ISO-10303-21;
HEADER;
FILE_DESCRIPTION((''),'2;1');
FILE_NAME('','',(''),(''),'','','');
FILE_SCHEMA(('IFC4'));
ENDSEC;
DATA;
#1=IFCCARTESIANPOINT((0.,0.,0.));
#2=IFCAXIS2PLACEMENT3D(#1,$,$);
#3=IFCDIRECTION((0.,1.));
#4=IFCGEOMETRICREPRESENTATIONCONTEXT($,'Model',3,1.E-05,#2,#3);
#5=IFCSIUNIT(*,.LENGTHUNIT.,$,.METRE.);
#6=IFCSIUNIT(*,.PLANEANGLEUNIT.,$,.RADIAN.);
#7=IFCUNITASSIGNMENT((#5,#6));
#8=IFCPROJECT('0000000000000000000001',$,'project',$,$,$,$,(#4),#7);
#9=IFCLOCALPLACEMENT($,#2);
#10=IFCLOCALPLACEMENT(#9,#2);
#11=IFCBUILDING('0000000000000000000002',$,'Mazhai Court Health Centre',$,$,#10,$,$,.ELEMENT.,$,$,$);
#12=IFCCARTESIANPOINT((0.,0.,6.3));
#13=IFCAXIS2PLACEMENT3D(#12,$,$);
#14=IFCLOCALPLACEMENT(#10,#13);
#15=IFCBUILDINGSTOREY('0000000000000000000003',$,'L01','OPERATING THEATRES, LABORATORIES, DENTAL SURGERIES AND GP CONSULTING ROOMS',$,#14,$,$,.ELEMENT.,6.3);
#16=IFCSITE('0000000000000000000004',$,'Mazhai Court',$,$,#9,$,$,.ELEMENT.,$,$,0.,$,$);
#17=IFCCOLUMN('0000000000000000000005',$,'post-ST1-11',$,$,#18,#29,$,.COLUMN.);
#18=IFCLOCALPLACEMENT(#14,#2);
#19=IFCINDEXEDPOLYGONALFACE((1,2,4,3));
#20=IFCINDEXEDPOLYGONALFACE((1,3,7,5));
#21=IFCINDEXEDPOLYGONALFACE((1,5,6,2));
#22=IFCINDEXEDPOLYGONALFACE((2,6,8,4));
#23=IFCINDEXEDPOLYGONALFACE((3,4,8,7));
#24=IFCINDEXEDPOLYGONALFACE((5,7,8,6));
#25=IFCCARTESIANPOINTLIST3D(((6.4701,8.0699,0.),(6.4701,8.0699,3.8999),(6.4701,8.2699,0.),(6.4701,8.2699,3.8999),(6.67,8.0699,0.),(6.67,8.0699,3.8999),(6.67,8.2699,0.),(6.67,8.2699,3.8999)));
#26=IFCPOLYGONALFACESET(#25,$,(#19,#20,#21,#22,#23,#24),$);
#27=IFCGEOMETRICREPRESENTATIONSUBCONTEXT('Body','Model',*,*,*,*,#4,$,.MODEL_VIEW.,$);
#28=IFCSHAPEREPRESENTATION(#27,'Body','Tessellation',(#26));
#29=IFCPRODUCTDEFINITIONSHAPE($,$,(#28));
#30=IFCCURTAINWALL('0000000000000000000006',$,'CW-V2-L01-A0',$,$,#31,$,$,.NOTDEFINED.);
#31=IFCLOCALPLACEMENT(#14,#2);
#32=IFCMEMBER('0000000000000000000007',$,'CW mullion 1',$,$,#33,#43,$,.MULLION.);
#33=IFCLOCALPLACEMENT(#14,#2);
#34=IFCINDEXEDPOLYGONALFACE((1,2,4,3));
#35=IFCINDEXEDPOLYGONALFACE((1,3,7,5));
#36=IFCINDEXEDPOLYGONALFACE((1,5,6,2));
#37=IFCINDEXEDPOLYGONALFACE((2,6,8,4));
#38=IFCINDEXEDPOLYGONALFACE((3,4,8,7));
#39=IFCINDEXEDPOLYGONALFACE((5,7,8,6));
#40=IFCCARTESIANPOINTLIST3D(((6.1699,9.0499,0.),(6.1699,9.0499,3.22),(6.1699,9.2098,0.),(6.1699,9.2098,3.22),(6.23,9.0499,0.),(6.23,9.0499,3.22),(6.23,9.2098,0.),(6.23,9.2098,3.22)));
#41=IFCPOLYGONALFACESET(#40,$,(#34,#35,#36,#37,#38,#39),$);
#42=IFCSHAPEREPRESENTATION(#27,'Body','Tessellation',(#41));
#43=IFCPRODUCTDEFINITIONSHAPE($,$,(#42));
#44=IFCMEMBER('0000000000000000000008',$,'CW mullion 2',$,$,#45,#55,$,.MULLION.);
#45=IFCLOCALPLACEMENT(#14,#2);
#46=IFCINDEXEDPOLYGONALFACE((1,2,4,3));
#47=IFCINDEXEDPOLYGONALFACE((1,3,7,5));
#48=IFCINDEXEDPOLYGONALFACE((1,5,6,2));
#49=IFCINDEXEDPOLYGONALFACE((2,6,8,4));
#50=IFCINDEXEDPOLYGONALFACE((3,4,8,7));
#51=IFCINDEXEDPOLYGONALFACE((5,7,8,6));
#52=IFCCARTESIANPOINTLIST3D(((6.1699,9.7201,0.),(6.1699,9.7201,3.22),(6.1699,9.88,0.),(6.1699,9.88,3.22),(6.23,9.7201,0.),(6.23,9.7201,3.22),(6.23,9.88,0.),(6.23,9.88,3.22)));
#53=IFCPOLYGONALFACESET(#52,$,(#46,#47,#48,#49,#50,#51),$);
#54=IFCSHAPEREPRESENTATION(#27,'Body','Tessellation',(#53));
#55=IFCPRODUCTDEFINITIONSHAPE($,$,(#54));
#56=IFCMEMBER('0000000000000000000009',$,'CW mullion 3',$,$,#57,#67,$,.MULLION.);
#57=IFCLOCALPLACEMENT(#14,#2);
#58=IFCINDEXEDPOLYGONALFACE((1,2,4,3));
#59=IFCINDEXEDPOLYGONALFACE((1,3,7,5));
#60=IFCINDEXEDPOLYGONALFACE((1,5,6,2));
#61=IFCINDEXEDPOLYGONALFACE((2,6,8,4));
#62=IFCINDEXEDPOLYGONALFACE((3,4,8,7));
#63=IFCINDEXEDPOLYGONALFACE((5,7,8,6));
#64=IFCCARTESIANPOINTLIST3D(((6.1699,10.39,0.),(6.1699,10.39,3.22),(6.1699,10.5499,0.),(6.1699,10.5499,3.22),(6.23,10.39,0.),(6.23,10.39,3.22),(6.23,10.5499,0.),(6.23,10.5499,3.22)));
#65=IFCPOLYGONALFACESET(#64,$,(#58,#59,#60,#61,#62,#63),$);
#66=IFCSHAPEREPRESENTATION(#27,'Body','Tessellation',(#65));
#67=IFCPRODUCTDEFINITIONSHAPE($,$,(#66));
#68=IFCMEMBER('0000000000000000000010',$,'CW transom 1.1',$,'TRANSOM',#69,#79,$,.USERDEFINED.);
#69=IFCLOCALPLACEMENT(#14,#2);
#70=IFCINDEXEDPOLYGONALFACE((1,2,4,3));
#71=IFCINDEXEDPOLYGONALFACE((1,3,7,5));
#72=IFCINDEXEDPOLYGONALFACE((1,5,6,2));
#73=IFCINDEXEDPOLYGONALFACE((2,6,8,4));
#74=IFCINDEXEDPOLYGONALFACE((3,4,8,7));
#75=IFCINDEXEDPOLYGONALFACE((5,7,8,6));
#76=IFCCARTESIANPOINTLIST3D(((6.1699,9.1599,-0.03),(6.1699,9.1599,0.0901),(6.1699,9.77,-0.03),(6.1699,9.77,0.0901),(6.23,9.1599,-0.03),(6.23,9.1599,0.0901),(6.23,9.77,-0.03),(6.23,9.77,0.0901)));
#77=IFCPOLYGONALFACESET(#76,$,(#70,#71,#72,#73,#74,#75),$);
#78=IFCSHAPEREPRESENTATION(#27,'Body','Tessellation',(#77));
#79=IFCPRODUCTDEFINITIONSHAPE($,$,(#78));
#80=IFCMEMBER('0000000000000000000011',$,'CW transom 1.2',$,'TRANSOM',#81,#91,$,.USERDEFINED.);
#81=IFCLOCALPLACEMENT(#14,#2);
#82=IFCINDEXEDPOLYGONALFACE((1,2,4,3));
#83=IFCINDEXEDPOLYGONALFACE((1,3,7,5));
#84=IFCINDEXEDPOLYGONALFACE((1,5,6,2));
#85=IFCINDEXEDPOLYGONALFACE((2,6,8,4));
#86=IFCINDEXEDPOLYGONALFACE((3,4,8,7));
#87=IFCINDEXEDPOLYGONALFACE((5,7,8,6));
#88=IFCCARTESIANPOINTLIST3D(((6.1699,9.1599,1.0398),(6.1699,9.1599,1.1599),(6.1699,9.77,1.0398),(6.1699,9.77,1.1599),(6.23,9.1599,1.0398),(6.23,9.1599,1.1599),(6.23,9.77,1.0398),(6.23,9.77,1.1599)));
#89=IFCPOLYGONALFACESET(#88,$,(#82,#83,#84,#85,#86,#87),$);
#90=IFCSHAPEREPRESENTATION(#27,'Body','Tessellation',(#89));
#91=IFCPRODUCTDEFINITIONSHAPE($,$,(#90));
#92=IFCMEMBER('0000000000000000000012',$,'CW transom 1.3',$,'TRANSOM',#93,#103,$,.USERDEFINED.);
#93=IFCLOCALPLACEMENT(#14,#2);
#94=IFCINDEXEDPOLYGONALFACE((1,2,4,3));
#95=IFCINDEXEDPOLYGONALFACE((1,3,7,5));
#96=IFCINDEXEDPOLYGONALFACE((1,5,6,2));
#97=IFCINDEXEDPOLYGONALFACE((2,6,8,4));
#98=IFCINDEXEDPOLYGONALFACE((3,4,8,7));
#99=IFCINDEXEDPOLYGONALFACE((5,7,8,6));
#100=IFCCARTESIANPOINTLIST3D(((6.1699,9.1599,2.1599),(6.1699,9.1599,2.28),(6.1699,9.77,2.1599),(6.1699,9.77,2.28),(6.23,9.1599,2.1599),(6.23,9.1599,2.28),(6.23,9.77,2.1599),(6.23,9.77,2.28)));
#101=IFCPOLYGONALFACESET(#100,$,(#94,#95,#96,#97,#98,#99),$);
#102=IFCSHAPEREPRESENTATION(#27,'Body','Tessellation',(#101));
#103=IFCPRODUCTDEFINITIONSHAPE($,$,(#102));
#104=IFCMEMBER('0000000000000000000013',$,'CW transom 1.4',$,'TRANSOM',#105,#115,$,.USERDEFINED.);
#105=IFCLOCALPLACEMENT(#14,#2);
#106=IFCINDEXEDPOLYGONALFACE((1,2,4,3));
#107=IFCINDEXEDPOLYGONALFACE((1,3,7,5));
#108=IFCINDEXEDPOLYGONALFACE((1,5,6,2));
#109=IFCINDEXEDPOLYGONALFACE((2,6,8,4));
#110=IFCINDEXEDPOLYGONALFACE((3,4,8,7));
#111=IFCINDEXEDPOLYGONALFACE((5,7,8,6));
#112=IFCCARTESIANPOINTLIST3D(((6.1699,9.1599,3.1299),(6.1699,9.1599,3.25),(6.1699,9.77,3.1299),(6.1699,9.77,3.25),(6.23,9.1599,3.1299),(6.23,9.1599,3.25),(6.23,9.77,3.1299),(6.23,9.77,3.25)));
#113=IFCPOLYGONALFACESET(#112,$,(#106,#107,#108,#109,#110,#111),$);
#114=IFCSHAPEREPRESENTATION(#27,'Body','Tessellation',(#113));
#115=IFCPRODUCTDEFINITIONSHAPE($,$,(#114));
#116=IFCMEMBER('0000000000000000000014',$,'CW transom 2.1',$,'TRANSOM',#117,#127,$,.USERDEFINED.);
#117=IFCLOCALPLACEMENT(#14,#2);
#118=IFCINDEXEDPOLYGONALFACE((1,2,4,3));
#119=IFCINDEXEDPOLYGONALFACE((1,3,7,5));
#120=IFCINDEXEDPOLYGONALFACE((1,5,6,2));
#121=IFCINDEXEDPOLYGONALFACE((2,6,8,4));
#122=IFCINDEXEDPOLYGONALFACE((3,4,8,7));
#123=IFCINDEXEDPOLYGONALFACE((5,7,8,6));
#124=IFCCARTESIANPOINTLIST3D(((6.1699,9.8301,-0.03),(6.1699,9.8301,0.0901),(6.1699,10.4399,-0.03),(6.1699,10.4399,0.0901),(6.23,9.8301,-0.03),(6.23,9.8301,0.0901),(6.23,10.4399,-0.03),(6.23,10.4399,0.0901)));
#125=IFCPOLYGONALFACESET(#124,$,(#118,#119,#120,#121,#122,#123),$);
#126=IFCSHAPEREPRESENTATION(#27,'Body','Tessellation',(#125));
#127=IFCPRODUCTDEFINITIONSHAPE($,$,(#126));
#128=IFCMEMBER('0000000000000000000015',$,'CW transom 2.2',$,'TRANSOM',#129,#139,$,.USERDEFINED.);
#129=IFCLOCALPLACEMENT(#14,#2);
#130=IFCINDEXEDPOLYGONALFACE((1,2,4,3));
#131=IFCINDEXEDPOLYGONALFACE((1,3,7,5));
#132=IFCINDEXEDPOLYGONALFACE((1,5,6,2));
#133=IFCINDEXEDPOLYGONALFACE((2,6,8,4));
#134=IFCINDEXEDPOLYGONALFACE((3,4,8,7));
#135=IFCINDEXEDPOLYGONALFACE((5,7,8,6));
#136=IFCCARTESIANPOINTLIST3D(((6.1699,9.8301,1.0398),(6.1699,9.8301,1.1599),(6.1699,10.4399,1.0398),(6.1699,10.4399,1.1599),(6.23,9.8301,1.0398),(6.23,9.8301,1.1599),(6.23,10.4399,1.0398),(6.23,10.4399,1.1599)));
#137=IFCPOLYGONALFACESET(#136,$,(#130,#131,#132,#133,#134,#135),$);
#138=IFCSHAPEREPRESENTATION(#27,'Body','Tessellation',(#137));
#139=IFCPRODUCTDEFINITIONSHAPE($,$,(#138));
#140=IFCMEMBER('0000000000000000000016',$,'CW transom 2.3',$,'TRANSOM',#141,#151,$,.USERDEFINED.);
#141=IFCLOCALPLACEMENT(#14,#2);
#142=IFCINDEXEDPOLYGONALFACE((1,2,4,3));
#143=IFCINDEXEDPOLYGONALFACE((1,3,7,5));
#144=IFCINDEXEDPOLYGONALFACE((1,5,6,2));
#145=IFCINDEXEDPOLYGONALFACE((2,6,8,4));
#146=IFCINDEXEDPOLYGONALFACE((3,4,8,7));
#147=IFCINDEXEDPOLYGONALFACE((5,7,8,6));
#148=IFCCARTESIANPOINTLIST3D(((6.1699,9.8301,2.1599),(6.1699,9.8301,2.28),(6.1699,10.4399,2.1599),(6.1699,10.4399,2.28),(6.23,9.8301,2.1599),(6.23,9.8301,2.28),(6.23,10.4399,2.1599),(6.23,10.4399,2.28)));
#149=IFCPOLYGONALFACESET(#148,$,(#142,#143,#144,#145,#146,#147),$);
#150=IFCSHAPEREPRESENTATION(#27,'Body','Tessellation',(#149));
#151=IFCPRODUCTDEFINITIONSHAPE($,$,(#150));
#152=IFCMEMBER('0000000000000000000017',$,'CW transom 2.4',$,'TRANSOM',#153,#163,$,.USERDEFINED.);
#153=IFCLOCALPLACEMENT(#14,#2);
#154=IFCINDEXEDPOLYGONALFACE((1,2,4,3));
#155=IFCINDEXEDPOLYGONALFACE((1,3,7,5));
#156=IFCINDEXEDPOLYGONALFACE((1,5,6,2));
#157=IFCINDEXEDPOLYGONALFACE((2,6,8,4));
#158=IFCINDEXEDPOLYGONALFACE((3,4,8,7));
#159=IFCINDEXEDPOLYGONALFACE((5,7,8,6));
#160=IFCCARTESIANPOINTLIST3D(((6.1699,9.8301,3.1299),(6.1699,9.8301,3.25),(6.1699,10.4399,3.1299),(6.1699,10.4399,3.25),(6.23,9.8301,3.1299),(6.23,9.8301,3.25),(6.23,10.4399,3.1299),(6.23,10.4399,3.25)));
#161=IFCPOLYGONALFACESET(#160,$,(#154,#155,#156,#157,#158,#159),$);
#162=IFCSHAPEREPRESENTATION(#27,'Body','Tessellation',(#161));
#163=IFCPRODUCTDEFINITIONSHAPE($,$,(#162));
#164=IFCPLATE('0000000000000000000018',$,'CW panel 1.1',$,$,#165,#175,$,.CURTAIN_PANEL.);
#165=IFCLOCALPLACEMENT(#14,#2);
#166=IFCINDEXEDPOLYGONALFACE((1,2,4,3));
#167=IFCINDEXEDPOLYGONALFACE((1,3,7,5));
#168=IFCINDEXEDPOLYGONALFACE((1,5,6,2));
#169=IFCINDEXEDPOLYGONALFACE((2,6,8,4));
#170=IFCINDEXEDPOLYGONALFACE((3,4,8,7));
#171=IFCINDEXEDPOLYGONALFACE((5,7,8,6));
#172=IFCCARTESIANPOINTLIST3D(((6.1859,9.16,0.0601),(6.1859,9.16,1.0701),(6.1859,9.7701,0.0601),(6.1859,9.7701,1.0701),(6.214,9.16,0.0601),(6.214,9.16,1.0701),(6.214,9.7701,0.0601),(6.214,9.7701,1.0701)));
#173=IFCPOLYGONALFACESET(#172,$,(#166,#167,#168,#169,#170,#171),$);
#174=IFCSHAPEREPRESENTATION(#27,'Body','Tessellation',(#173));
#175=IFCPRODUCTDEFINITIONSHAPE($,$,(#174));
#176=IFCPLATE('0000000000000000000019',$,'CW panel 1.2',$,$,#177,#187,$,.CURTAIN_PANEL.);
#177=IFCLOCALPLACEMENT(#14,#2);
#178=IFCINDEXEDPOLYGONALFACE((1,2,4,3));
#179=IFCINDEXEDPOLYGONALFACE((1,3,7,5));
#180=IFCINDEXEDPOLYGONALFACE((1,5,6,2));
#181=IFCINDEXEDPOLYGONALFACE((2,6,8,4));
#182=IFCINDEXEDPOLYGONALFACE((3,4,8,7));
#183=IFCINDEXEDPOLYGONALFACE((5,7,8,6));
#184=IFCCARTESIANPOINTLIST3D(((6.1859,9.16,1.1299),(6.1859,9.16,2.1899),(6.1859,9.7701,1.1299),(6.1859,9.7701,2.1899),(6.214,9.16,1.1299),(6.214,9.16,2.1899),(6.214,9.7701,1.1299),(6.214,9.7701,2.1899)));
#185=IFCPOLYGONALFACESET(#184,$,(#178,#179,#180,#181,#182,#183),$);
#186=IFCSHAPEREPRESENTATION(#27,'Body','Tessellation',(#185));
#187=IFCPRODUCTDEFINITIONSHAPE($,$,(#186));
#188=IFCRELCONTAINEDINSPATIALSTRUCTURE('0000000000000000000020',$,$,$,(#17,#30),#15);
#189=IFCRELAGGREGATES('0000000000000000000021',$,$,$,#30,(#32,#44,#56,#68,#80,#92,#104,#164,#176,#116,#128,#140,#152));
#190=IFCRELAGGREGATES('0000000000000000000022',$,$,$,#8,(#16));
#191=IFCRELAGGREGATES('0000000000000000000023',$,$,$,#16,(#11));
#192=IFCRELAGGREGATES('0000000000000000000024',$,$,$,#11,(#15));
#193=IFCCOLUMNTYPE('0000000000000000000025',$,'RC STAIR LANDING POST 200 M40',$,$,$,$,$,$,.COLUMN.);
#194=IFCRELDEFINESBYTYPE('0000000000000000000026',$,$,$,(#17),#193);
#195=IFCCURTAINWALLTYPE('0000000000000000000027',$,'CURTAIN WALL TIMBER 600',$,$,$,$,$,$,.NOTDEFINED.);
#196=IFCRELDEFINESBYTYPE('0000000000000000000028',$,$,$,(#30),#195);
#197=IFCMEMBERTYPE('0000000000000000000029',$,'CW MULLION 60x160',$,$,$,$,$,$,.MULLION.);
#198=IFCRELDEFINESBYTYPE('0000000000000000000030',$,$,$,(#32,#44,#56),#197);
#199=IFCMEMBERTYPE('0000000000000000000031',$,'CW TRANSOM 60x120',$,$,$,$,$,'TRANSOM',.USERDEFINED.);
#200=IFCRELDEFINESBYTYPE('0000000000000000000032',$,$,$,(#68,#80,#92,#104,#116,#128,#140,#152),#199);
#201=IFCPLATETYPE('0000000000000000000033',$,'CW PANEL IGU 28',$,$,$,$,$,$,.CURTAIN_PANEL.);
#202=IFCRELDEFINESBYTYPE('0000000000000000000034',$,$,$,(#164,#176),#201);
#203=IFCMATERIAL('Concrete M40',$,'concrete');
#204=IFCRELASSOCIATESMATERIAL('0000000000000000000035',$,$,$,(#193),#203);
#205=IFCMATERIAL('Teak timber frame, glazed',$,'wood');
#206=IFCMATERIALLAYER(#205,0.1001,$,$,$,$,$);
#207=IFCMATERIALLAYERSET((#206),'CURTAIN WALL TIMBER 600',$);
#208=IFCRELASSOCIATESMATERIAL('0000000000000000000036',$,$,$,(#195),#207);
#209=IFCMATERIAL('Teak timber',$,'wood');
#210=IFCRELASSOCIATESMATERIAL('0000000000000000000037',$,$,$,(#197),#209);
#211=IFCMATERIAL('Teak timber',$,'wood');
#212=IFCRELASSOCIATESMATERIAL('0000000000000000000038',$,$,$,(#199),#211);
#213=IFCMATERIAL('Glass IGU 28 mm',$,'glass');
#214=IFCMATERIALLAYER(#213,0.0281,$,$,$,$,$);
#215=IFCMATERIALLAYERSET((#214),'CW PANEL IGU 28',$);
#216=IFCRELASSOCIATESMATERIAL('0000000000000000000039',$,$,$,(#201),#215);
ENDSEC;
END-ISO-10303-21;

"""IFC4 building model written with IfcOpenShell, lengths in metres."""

from ifc_helpers import new_model, si_unit, direction, frame, origin, origin_2d, place, context, subcontext, project, spatial, rectangle, extrude, material, layer, layer_set, material_profile, profile_set, type_object, element, aggregate, save


model = new_model("IFC4")

# Units and contexts
model_context = context("Model", 3, precision=1e-05, world=origin(), true_north=direction((0.0, 1.0)))
body_context = subcontext(model_context, "Body", "Model", "MODEL_VIEW")
ifc_project = project(units=[si_unit("LENGTHUNIT", "METRE"), si_unit("PLANEANGLEUNIT", "RADIAN")], contexts=[model_context])

# Site, building, storey
site_placement = place(None, origin())
site = spatial("IfcSite", under=ifc_project, at=site_placement, Name="Mazhai Court", CompositionType="ELEMENT", RefElevation=0.0)
building_placement = place(site_placement, origin())
building = spatial("IfcBuilding", under=site, at=building_placement, Name="Mazhai Court Health Centre", CompositionType="ELEMENT")
storey_placement = place(building_placement, frame((0.0, 0.0, 6.3)))
storey = spatial("IfcBuildingStorey", under=building, at=storey_placement, Name="L01", Description="OPERATING THEATRES, LABORATORIES, DENTAL SURGERIES AND GP CONSULTING ROOMS", CompositionType="ELEMENT", Elevation=6.3)

# Column
ifc_material_1 = material(Name="Concrete M40", Category="concrete")
ifc_material_profile_1 = material_profile(ifc_material_1, rectangle(XDim=0.2, YDim=0.2, at=origin_2d()), Name="RC 200x200")
ifc_profile_set_1 = profile_set([ifc_material_profile_1], Name="Concrete M40")
column_type = type_object("IfcColumnType", Name="RC STAIR LANDING POST 200 M40", PredefinedType="COLUMN", material=ifc_profile_set_1)
column_placement = place(storey_placement, frame((6.5701, 8.1699, 0.0), z_axis=(0.0, 0.0, 1.0), x_axis=(1.0, 0.0, 0.0)))
element("IfcColumn", 1, at=column_placement, inside=storey, type_object=column_type, Name="post-ST1-11", PredefinedType="COLUMN", context=body_context, shape_type="SweptSolid", body=[
    extrude(rectangle(XDim=0.2, YDim=0.2, at=origin_2d()), origin(), (0.0, 0.0, 1.0), 3.8999),
])

# Curtain wall, members, plates
ifc_material_2 = material(Name="Teak timber frame, glazed", Category="wood")
ifc_layer_1 = layer(ifc_material_2, 0.1001)
ifc_layer_set_1 = layer_set([ifc_layer_1], Name="CURTAIN WALL TIMBER 600")
curtain_wall_type = type_object("IfcCurtainWallType", Name="CURTAIN WALL TIMBER 600", PredefinedType="NOTDEFINED", material=ifc_layer_set_1)
curtain_wall_placement = place(storey_placement, origin())
curtain_wall = element("IfcCurtainWall", 2, at=curtain_wall_placement, inside=storey, type_object=curtain_wall_type, Name="CW-V2-L01-A0", PredefinedType="NOTDEFINED")
ifc_material_3 = material(Name="Teak timber", Category="wood")
ifc_material_profile_2 = material_profile(ifc_material_3, rectangle(XDim=0.0601, YDim=0.1599, at=origin_2d()), Name="CW MULLION 60x160")
ifc_profile_set_2 = profile_set([ifc_material_profile_2], Name="Teak timber")
member_type_1 = type_object("IfcMemberType", Name="CW MULLION 60x160", PredefinedType="MULLION", material=ifc_profile_set_2)
member_1_placement = place(storey_placement, frame((6.2, 9.1299, 0.0), z_axis=(0.0, 0.0, 1.0), x_axis=(-1.0, 0.0, 0.0)))
member_1 = element("IfcMember", 3, at=member_1_placement, type_object=member_type_1, Name="CW mullion 1", PredefinedType="MULLION", context=body_context, shape_type="SweptSolid", body=[
    extrude(rectangle(XDim=0.0601, YDim=0.1599, at=origin_2d()), origin(), (0.0, 0.0, 1.0), 3.22),
])
member_2_placement = place(storey_placement, frame((6.2, 9.8, 0.0), z_axis=(0.0, 0.0, 1.0), x_axis=(-1.0, 0.0, 0.0)))
member_2 = element("IfcMember", 4, at=member_2_placement, type_object=member_type_1, Name="CW mullion 2", PredefinedType="MULLION", context=body_context, shape_type="SweptSolid", body=[
    extrude(rectangle(XDim=0.0601, YDim=0.1599, at=origin_2d()), origin(), (0.0, 0.0, 1.0), 3.22),
])
member_3_placement = place(storey_placement, frame((6.2, 10.47, 0.0), z_axis=(0.0, 0.0, 1.0), x_axis=(-1.0, 0.0, 0.0)))
member_3 = element("IfcMember", 5, at=member_3_placement, type_object=member_type_1, Name="CW mullion 3", PredefinedType="MULLION", context=body_context, shape_type="SweptSolid", body=[
    extrude(rectangle(XDim=0.0601, YDim=0.1599, at=origin_2d()), origin(), (0.0, 0.0, 1.0), 3.22),
])
ifc_material_4 = material(Name="Teak timber", Category="wood")
ifc_material_profile_3 = material_profile(ifc_material_4, rectangle(XDim=0.0601, YDim=0.1201, at=origin_2d()), Name="CW TRANSOM 60x120")
ifc_profile_set_3 = profile_set([ifc_material_profile_3], Name="Teak timber")
member_type_2 = type_object("IfcMemberType", Name="CW TRANSOM 60x120", ElementType="TRANSOM", PredefinedType="USERDEFINED", material=ifc_profile_set_3)
member_4_placement = place(storey_placement, frame((6.2, 9.1599, 0.03), z_axis=(0.0, 1.0, 0.0), x_axis=(-1.0, 0.0, 0.0)))
member_4 = element("IfcMember", 6, at=member_4_placement, type_object=member_type_2, Name="CW transom 1.1", ObjectType="TRANSOM", PredefinedType="USERDEFINED", context=body_context, shape_type="SweptSolid", body=[
    extrude(rectangle(XDim=0.0601, YDim=0.1201, at=origin_2d()), origin(), (0.0, 0.0, 1.0), 0.6101),
])
member_5_placement = place(storey_placement, frame((6.2, 9.1599, 1.0999), z_axis=(0.0, 1.0, 0.0), x_axis=(-1.0, 0.0, 0.0)))
member_5 = element("IfcMember", 7, at=member_5_placement, type_object=member_type_2, Name="CW transom 1.2", ObjectType="TRANSOM", PredefinedType="USERDEFINED", context=body_context, shape_type="SweptSolid", body=[
    extrude(rectangle(XDim=0.0601, YDim=0.1201, at=origin_2d()), origin(), (0.0, 0.0, 1.0), 0.6101),
])
member_6_placement = place(storey_placement, frame((6.2, 9.1599, 2.22), z_axis=(0.0, 1.0, 0.0), x_axis=(-1.0, 0.0, 0.0)))
member_6 = element("IfcMember", 8, at=member_6_placement, type_object=member_type_2, Name="CW transom 1.3", ObjectType="TRANSOM", PredefinedType="USERDEFINED", context=body_context, shape_type="SweptSolid", body=[
    extrude(rectangle(XDim=0.0601, YDim=0.1201, at=origin_2d()), origin(), (0.0, 0.0, 1.0), 0.6101),
])
member_7_placement = place(storey_placement, frame((6.2, 9.1599, 3.1899), z_axis=(0.0, 1.0, 0.0), x_axis=(-1.0, 0.0, 0.0)))
member_7 = element("IfcMember", 9, at=member_7_placement, type_object=member_type_2, Name="CW transom 1.4", ObjectType="TRANSOM", PredefinedType="USERDEFINED", context=body_context, shape_type="SweptSolid", body=[
    extrude(rectangle(XDim=0.0601, YDim=0.1201, at=origin_2d()), origin(), (0.0, 0.0, 1.0), 0.6101),
])
member_8_placement = place(storey_placement, frame((6.2, 9.8301, 0.03), z_axis=(0.0, 1.0, 0.0), x_axis=(-1.0, 0.0, 0.0)))
member_8 = element("IfcMember", 10, at=member_8_placement, type_object=member_type_2, Name="CW transom 2.1", ObjectType="TRANSOM", PredefinedType="USERDEFINED", context=body_context, shape_type="SweptSolid", body=[
    extrude(rectangle(XDim=0.0601, YDim=0.1201, at=origin_2d()), origin(), (0.0, 0.0, 1.0), 0.6099),
])
member_9_placement = place(storey_placement, frame((6.2, 9.8301, 1.0999), z_axis=(0.0, 1.0, 0.0), x_axis=(-1.0, 0.0, 0.0)))
member_9 = element("IfcMember", 11, at=member_9_placement, type_object=member_type_2, Name="CW transom 2.2", ObjectType="TRANSOM", PredefinedType="USERDEFINED", context=body_context, shape_type="SweptSolid", body=[
    extrude(rectangle(XDim=0.0601, YDim=0.1201, at=origin_2d()), origin(), (0.0, 0.0, 1.0), 0.6099),
])
member_10_placement = place(storey_placement, frame((6.2, 9.8301, 2.22), z_axis=(0.0, 1.0, 0.0), x_axis=(-1.0, 0.0, 0.0)))
member_10 = element("IfcMember", 12, at=member_10_placement, type_object=member_type_2, Name="CW transom 2.3", ObjectType="TRANSOM", PredefinedType="USERDEFINED", context=body_context, shape_type="SweptSolid", body=[
    extrude(rectangle(XDim=0.0601, YDim=0.1201, at=origin_2d()), origin(), (0.0, 0.0, 1.0), 0.6099),
])
member_11_placement = place(storey_placement, frame((6.2, 9.8301, 3.1899), z_axis=(0.0, 1.0, 0.0), x_axis=(-1.0, 0.0, 0.0)))
member_11 = element("IfcMember", 13, at=member_11_placement, type_object=member_type_2, Name="CW transom 2.4", ObjectType="TRANSOM", PredefinedType="USERDEFINED", context=body_context, shape_type="SweptSolid", body=[
    extrude(rectangle(XDim=0.0601, YDim=0.1201, at=origin_2d()), origin(), (0.0, 0.0, 1.0), 0.6099),
])
ifc_material_5 = material(Name="Glass IGU 28 mm", Category="glass")
ifc_layer_2 = layer(ifc_material_5, 0.0281)
ifc_layer_set_2 = layer_set([ifc_layer_2], Name="CW PANEL IGU 28")
plate_type = type_object("IfcPlateType", Name="CW PANEL IGU 28", PredefinedType="CURTAIN_PANEL", material=ifc_layer_set_2)
plate_1_placement = place(storey_placement, frame((6.2, 9.4651, 0.0601), z_axis=(0.0, 0.0, 1.0), x_axis=(0.0, 1.0, 0.0)))
plate_1 = element("IfcPlate", 14, at=plate_1_placement, type_object=plate_type, Name="CW panel 1.1", PredefinedType="CURTAIN_PANEL", context=body_context, shape_type="SweptSolid", body=[
    extrude(rectangle(XDim=0.6101, YDim=0.0281, at=origin_2d()), origin(), (0.0, 0.0, 1.0), 1.01),
])
plate_2_placement = place(storey_placement, frame((6.2, 9.4651, 1.1299), z_axis=(0.0, 0.0, 1.0), x_axis=(0.0, 1.0, 0.0)))
plate_2 = element("IfcPlate", 15, at=plate_2_placement, type_object=plate_type, Name="CW panel 1.2", PredefinedType="CURTAIN_PANEL", context=body_context, shape_type="SweptSolid", body=[
    extrude(rectangle(XDim=0.6101, YDim=0.0281, at=origin_2d()), origin(), (0.0, 0.0, 1.0), 1.0601),
])
aggregate(curtain_wall, [member_1, member_2, member_3, member_4, member_5, member_6, member_7, plate_1, plate_2, member_8, member_9, member_10, member_11])

save(model, "model.ifc")
